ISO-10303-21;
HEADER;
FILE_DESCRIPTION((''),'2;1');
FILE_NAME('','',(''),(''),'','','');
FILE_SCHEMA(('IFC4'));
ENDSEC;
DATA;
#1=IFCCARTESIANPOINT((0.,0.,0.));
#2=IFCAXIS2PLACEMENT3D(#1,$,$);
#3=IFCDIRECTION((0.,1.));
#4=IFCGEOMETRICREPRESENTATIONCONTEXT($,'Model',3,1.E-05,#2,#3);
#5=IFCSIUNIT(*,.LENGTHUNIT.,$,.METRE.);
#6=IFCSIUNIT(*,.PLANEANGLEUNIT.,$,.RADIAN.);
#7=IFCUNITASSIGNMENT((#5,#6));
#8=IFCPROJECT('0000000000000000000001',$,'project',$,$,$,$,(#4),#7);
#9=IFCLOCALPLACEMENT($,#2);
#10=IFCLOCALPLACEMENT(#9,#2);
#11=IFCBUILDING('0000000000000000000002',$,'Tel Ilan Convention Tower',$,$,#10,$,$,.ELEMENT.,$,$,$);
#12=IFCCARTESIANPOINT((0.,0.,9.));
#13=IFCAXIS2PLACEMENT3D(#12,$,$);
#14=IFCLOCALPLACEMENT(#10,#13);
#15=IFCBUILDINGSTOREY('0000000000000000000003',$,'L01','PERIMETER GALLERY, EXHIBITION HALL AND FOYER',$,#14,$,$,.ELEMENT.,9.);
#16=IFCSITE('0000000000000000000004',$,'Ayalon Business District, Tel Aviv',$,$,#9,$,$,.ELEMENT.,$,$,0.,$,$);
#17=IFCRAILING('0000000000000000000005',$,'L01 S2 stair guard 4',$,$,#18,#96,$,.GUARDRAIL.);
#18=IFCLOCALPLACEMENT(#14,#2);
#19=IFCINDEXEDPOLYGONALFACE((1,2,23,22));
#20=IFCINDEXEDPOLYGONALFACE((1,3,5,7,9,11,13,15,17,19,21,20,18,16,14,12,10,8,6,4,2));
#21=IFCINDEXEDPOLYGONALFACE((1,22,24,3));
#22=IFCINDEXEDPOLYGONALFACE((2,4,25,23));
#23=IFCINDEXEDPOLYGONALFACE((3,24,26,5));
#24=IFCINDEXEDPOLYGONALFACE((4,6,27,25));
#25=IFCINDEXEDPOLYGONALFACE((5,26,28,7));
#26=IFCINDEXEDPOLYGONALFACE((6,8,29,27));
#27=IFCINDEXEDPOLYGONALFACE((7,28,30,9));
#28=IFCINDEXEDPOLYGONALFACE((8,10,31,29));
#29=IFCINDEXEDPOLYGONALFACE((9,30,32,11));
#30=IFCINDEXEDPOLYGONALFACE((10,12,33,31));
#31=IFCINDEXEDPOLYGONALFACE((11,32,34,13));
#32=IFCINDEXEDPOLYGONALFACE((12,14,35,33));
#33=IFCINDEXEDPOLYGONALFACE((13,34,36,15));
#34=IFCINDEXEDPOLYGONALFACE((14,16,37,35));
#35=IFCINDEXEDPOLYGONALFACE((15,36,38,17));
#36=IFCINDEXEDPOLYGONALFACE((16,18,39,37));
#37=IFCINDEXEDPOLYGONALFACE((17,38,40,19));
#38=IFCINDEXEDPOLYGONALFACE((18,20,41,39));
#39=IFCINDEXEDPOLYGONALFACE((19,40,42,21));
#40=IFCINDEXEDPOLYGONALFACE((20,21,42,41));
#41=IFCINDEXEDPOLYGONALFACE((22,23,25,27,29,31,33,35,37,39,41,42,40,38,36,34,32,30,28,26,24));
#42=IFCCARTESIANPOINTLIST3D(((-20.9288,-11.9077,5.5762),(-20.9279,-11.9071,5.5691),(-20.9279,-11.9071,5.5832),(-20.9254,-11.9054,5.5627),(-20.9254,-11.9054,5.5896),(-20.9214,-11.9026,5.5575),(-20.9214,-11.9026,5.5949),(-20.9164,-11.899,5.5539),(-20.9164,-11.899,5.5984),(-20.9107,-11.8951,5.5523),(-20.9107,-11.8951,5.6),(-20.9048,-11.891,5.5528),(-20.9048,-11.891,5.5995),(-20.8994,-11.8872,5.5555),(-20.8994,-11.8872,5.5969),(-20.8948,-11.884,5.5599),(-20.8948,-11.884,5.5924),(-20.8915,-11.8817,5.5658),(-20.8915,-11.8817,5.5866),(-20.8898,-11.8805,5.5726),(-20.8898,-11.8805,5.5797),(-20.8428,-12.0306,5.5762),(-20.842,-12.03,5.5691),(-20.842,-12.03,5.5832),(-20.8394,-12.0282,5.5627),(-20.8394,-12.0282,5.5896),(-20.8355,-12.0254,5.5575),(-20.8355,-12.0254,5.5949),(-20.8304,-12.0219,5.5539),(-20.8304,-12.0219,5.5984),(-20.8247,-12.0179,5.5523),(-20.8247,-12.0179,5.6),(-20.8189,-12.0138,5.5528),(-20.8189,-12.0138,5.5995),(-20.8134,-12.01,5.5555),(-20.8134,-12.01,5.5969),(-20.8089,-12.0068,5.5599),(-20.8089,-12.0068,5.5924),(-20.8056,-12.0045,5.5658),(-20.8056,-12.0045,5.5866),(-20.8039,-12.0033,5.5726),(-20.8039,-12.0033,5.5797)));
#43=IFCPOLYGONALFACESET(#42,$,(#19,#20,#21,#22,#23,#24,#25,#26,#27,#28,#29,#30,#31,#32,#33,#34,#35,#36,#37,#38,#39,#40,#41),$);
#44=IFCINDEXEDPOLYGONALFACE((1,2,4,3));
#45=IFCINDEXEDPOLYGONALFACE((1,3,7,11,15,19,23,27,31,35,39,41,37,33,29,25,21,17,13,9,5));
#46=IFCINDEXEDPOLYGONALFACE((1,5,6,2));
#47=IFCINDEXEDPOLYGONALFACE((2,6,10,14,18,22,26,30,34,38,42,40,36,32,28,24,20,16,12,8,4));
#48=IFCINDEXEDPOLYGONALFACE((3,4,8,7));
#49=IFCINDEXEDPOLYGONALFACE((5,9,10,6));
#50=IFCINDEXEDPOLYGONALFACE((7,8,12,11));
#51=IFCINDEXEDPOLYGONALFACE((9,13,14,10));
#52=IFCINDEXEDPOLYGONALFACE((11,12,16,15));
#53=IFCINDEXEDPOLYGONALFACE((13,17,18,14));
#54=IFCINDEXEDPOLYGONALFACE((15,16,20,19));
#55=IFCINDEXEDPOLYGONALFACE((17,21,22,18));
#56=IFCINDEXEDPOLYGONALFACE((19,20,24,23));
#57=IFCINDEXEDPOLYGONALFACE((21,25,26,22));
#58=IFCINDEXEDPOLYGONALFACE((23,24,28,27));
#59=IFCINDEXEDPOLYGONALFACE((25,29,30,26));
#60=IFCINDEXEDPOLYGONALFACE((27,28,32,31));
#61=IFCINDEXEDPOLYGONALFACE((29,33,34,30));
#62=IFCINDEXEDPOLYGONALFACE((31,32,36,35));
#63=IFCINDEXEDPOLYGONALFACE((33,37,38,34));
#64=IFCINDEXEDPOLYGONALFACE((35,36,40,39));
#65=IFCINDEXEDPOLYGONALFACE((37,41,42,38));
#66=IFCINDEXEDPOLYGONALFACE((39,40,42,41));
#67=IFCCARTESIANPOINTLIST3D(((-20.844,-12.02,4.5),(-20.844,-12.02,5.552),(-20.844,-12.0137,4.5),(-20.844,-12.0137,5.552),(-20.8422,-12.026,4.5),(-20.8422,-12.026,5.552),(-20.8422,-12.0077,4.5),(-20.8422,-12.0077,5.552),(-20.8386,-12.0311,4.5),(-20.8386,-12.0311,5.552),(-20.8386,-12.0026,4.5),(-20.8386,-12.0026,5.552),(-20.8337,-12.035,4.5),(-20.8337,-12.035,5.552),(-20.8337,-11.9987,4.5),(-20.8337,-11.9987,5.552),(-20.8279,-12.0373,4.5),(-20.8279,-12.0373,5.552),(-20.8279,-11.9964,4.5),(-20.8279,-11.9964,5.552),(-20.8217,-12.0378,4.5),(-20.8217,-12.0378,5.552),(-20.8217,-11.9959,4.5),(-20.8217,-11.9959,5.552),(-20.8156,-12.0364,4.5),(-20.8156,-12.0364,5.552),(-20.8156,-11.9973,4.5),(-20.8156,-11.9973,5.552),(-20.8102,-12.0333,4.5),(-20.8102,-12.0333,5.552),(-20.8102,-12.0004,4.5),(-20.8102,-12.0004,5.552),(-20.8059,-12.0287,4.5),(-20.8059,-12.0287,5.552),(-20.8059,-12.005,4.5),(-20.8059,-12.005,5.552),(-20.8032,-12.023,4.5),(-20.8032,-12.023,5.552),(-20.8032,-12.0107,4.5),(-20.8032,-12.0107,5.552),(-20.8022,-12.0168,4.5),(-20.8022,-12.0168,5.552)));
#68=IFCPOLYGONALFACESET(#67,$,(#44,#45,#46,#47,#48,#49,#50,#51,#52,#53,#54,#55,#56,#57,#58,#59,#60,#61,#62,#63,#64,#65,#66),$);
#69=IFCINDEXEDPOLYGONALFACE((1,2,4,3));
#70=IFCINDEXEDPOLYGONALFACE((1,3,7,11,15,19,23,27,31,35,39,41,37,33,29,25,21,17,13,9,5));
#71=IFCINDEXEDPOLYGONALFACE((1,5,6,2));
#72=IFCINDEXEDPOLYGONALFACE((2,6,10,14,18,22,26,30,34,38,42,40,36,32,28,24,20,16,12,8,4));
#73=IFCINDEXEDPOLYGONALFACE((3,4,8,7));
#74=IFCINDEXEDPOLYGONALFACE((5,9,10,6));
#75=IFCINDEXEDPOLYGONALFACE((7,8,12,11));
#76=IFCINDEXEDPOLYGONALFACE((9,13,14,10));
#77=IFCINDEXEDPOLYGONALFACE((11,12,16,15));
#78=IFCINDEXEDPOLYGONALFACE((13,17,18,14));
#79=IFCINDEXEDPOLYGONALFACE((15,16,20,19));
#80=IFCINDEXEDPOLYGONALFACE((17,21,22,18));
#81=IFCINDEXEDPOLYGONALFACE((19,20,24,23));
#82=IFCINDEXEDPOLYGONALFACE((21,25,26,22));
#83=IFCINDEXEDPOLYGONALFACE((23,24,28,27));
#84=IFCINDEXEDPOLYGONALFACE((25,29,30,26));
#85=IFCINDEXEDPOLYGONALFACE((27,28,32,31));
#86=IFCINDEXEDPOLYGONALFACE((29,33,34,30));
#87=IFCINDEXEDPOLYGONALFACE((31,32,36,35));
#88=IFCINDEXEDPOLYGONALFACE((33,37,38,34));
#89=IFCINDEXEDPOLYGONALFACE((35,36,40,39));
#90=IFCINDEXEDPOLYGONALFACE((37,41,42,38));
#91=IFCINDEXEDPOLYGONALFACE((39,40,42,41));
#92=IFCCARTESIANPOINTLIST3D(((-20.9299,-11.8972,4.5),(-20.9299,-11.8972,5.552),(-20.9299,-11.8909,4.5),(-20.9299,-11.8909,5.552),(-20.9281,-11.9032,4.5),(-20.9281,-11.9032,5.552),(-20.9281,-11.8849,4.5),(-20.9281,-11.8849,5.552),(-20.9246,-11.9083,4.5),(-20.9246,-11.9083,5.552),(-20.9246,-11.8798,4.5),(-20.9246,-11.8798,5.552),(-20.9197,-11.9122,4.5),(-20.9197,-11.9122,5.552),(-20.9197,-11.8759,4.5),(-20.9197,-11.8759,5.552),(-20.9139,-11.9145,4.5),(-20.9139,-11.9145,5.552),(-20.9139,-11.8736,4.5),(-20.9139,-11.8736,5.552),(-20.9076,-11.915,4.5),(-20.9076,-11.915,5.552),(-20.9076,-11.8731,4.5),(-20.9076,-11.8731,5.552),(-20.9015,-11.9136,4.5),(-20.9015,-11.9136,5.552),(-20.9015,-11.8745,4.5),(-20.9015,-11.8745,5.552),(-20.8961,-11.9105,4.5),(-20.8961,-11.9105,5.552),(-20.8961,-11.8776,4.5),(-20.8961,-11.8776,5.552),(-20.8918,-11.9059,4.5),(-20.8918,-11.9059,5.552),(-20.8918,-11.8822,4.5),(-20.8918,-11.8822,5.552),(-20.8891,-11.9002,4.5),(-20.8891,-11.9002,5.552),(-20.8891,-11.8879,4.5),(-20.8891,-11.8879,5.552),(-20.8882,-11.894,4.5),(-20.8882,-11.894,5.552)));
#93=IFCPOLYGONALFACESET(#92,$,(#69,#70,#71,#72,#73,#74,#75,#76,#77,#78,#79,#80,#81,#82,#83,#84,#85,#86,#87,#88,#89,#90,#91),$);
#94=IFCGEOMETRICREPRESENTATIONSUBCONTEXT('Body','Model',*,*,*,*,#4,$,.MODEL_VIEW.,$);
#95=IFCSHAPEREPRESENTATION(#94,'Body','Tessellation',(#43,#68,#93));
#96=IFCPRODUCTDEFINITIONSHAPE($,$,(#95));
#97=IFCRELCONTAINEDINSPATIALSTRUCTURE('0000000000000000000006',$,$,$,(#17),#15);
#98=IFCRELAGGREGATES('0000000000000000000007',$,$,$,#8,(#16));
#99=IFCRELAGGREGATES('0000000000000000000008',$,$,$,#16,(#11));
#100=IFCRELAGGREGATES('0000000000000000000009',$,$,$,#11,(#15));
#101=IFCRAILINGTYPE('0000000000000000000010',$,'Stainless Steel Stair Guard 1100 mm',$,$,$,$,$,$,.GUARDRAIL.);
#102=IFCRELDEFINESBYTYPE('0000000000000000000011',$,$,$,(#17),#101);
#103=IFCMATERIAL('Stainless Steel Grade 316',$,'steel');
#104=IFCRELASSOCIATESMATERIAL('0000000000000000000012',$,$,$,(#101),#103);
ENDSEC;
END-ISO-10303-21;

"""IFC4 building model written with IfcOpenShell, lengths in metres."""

from ifc_helpers import new_model, si_unit, direction, frame, origin, origin_2d, place, context, subcontext, project, spatial, circle, extrude, material, type_object, element, save


model = new_model("IFC4")

# Units and contexts
model_context = context("Model", 3, precision=1e-05, world=origin(), true_north=direction((0.0, 1.0)))
body_context = subcontext(model_context, "Body", "Model", "MODEL_VIEW")
ifc_project = project(units=[si_unit("LENGTHUNIT", "METRE"), si_unit("PLANEANGLEUNIT", "RADIAN")], contexts=[model_context])

# Site, building, storey
site_placement = place(None, origin())
site = spatial("IfcSite", under=ifc_project, at=site_placement, Name="Ayalon Business District, Tel Aviv", CompositionType="ELEMENT", RefElevation=0.0)
building_placement = place(site_placement, origin())
building = spatial("IfcBuilding", under=site, at=building_placement, Name="Tel Ilan Convention Tower", CompositionType="ELEMENT")
storey_placement = place(building_placement, frame((0.0, 0.0, 9.0)))
storey = spatial("IfcBuildingStorey", under=building, at=storey_placement, Name="L01", Description="PERIMETER GALLERY, EXHIBITION HALL AND FOYER", CompositionType="ELEMENT", Elevation=9.0)

# Railing
ifc_material_1 = material(Name="Stainless Steel Grade 316", Category="steel")
railing_type_1 = type_object("IfcRailingType", Name="Stainless Steel Stair Guard 1100 mm", PredefinedType="GUARDRAIL", material=ifc_material_1)
railing_1_placement = place(storey_placement, frame((-20.8232, -12.0168, 4.5)))
element("IfcRailing", 1, at=railing_1_placement, inside=storey, type_object=railing_type_1, Name="L01 S2 stair guard 4", PredefinedType="GUARDRAIL", context=body_context, shape_type="SweptSolid", body=[
    extrude(circle(Radius=0.0239, at=origin_2d()), frame((0.0, 0.0, 1.0762), z_axis=(-0.573353, 0.819308, 0.0), x_axis=(-0.819308, -0.573353, 0.0)), (0.0, 0.0, 1.0), 0.1499),
    extrude(circle(Radius=0.021, at=origin_2d()), origin(), (0.0, 0.0, 1.0), 1.052),
    extrude(circle(Radius=0.021, at=origin_2d()), frame((-0.0859, 0.1228, 0.0)), (0.0, 0.0, 1.0), 1.052),
])

save(model, "model.ifc")
